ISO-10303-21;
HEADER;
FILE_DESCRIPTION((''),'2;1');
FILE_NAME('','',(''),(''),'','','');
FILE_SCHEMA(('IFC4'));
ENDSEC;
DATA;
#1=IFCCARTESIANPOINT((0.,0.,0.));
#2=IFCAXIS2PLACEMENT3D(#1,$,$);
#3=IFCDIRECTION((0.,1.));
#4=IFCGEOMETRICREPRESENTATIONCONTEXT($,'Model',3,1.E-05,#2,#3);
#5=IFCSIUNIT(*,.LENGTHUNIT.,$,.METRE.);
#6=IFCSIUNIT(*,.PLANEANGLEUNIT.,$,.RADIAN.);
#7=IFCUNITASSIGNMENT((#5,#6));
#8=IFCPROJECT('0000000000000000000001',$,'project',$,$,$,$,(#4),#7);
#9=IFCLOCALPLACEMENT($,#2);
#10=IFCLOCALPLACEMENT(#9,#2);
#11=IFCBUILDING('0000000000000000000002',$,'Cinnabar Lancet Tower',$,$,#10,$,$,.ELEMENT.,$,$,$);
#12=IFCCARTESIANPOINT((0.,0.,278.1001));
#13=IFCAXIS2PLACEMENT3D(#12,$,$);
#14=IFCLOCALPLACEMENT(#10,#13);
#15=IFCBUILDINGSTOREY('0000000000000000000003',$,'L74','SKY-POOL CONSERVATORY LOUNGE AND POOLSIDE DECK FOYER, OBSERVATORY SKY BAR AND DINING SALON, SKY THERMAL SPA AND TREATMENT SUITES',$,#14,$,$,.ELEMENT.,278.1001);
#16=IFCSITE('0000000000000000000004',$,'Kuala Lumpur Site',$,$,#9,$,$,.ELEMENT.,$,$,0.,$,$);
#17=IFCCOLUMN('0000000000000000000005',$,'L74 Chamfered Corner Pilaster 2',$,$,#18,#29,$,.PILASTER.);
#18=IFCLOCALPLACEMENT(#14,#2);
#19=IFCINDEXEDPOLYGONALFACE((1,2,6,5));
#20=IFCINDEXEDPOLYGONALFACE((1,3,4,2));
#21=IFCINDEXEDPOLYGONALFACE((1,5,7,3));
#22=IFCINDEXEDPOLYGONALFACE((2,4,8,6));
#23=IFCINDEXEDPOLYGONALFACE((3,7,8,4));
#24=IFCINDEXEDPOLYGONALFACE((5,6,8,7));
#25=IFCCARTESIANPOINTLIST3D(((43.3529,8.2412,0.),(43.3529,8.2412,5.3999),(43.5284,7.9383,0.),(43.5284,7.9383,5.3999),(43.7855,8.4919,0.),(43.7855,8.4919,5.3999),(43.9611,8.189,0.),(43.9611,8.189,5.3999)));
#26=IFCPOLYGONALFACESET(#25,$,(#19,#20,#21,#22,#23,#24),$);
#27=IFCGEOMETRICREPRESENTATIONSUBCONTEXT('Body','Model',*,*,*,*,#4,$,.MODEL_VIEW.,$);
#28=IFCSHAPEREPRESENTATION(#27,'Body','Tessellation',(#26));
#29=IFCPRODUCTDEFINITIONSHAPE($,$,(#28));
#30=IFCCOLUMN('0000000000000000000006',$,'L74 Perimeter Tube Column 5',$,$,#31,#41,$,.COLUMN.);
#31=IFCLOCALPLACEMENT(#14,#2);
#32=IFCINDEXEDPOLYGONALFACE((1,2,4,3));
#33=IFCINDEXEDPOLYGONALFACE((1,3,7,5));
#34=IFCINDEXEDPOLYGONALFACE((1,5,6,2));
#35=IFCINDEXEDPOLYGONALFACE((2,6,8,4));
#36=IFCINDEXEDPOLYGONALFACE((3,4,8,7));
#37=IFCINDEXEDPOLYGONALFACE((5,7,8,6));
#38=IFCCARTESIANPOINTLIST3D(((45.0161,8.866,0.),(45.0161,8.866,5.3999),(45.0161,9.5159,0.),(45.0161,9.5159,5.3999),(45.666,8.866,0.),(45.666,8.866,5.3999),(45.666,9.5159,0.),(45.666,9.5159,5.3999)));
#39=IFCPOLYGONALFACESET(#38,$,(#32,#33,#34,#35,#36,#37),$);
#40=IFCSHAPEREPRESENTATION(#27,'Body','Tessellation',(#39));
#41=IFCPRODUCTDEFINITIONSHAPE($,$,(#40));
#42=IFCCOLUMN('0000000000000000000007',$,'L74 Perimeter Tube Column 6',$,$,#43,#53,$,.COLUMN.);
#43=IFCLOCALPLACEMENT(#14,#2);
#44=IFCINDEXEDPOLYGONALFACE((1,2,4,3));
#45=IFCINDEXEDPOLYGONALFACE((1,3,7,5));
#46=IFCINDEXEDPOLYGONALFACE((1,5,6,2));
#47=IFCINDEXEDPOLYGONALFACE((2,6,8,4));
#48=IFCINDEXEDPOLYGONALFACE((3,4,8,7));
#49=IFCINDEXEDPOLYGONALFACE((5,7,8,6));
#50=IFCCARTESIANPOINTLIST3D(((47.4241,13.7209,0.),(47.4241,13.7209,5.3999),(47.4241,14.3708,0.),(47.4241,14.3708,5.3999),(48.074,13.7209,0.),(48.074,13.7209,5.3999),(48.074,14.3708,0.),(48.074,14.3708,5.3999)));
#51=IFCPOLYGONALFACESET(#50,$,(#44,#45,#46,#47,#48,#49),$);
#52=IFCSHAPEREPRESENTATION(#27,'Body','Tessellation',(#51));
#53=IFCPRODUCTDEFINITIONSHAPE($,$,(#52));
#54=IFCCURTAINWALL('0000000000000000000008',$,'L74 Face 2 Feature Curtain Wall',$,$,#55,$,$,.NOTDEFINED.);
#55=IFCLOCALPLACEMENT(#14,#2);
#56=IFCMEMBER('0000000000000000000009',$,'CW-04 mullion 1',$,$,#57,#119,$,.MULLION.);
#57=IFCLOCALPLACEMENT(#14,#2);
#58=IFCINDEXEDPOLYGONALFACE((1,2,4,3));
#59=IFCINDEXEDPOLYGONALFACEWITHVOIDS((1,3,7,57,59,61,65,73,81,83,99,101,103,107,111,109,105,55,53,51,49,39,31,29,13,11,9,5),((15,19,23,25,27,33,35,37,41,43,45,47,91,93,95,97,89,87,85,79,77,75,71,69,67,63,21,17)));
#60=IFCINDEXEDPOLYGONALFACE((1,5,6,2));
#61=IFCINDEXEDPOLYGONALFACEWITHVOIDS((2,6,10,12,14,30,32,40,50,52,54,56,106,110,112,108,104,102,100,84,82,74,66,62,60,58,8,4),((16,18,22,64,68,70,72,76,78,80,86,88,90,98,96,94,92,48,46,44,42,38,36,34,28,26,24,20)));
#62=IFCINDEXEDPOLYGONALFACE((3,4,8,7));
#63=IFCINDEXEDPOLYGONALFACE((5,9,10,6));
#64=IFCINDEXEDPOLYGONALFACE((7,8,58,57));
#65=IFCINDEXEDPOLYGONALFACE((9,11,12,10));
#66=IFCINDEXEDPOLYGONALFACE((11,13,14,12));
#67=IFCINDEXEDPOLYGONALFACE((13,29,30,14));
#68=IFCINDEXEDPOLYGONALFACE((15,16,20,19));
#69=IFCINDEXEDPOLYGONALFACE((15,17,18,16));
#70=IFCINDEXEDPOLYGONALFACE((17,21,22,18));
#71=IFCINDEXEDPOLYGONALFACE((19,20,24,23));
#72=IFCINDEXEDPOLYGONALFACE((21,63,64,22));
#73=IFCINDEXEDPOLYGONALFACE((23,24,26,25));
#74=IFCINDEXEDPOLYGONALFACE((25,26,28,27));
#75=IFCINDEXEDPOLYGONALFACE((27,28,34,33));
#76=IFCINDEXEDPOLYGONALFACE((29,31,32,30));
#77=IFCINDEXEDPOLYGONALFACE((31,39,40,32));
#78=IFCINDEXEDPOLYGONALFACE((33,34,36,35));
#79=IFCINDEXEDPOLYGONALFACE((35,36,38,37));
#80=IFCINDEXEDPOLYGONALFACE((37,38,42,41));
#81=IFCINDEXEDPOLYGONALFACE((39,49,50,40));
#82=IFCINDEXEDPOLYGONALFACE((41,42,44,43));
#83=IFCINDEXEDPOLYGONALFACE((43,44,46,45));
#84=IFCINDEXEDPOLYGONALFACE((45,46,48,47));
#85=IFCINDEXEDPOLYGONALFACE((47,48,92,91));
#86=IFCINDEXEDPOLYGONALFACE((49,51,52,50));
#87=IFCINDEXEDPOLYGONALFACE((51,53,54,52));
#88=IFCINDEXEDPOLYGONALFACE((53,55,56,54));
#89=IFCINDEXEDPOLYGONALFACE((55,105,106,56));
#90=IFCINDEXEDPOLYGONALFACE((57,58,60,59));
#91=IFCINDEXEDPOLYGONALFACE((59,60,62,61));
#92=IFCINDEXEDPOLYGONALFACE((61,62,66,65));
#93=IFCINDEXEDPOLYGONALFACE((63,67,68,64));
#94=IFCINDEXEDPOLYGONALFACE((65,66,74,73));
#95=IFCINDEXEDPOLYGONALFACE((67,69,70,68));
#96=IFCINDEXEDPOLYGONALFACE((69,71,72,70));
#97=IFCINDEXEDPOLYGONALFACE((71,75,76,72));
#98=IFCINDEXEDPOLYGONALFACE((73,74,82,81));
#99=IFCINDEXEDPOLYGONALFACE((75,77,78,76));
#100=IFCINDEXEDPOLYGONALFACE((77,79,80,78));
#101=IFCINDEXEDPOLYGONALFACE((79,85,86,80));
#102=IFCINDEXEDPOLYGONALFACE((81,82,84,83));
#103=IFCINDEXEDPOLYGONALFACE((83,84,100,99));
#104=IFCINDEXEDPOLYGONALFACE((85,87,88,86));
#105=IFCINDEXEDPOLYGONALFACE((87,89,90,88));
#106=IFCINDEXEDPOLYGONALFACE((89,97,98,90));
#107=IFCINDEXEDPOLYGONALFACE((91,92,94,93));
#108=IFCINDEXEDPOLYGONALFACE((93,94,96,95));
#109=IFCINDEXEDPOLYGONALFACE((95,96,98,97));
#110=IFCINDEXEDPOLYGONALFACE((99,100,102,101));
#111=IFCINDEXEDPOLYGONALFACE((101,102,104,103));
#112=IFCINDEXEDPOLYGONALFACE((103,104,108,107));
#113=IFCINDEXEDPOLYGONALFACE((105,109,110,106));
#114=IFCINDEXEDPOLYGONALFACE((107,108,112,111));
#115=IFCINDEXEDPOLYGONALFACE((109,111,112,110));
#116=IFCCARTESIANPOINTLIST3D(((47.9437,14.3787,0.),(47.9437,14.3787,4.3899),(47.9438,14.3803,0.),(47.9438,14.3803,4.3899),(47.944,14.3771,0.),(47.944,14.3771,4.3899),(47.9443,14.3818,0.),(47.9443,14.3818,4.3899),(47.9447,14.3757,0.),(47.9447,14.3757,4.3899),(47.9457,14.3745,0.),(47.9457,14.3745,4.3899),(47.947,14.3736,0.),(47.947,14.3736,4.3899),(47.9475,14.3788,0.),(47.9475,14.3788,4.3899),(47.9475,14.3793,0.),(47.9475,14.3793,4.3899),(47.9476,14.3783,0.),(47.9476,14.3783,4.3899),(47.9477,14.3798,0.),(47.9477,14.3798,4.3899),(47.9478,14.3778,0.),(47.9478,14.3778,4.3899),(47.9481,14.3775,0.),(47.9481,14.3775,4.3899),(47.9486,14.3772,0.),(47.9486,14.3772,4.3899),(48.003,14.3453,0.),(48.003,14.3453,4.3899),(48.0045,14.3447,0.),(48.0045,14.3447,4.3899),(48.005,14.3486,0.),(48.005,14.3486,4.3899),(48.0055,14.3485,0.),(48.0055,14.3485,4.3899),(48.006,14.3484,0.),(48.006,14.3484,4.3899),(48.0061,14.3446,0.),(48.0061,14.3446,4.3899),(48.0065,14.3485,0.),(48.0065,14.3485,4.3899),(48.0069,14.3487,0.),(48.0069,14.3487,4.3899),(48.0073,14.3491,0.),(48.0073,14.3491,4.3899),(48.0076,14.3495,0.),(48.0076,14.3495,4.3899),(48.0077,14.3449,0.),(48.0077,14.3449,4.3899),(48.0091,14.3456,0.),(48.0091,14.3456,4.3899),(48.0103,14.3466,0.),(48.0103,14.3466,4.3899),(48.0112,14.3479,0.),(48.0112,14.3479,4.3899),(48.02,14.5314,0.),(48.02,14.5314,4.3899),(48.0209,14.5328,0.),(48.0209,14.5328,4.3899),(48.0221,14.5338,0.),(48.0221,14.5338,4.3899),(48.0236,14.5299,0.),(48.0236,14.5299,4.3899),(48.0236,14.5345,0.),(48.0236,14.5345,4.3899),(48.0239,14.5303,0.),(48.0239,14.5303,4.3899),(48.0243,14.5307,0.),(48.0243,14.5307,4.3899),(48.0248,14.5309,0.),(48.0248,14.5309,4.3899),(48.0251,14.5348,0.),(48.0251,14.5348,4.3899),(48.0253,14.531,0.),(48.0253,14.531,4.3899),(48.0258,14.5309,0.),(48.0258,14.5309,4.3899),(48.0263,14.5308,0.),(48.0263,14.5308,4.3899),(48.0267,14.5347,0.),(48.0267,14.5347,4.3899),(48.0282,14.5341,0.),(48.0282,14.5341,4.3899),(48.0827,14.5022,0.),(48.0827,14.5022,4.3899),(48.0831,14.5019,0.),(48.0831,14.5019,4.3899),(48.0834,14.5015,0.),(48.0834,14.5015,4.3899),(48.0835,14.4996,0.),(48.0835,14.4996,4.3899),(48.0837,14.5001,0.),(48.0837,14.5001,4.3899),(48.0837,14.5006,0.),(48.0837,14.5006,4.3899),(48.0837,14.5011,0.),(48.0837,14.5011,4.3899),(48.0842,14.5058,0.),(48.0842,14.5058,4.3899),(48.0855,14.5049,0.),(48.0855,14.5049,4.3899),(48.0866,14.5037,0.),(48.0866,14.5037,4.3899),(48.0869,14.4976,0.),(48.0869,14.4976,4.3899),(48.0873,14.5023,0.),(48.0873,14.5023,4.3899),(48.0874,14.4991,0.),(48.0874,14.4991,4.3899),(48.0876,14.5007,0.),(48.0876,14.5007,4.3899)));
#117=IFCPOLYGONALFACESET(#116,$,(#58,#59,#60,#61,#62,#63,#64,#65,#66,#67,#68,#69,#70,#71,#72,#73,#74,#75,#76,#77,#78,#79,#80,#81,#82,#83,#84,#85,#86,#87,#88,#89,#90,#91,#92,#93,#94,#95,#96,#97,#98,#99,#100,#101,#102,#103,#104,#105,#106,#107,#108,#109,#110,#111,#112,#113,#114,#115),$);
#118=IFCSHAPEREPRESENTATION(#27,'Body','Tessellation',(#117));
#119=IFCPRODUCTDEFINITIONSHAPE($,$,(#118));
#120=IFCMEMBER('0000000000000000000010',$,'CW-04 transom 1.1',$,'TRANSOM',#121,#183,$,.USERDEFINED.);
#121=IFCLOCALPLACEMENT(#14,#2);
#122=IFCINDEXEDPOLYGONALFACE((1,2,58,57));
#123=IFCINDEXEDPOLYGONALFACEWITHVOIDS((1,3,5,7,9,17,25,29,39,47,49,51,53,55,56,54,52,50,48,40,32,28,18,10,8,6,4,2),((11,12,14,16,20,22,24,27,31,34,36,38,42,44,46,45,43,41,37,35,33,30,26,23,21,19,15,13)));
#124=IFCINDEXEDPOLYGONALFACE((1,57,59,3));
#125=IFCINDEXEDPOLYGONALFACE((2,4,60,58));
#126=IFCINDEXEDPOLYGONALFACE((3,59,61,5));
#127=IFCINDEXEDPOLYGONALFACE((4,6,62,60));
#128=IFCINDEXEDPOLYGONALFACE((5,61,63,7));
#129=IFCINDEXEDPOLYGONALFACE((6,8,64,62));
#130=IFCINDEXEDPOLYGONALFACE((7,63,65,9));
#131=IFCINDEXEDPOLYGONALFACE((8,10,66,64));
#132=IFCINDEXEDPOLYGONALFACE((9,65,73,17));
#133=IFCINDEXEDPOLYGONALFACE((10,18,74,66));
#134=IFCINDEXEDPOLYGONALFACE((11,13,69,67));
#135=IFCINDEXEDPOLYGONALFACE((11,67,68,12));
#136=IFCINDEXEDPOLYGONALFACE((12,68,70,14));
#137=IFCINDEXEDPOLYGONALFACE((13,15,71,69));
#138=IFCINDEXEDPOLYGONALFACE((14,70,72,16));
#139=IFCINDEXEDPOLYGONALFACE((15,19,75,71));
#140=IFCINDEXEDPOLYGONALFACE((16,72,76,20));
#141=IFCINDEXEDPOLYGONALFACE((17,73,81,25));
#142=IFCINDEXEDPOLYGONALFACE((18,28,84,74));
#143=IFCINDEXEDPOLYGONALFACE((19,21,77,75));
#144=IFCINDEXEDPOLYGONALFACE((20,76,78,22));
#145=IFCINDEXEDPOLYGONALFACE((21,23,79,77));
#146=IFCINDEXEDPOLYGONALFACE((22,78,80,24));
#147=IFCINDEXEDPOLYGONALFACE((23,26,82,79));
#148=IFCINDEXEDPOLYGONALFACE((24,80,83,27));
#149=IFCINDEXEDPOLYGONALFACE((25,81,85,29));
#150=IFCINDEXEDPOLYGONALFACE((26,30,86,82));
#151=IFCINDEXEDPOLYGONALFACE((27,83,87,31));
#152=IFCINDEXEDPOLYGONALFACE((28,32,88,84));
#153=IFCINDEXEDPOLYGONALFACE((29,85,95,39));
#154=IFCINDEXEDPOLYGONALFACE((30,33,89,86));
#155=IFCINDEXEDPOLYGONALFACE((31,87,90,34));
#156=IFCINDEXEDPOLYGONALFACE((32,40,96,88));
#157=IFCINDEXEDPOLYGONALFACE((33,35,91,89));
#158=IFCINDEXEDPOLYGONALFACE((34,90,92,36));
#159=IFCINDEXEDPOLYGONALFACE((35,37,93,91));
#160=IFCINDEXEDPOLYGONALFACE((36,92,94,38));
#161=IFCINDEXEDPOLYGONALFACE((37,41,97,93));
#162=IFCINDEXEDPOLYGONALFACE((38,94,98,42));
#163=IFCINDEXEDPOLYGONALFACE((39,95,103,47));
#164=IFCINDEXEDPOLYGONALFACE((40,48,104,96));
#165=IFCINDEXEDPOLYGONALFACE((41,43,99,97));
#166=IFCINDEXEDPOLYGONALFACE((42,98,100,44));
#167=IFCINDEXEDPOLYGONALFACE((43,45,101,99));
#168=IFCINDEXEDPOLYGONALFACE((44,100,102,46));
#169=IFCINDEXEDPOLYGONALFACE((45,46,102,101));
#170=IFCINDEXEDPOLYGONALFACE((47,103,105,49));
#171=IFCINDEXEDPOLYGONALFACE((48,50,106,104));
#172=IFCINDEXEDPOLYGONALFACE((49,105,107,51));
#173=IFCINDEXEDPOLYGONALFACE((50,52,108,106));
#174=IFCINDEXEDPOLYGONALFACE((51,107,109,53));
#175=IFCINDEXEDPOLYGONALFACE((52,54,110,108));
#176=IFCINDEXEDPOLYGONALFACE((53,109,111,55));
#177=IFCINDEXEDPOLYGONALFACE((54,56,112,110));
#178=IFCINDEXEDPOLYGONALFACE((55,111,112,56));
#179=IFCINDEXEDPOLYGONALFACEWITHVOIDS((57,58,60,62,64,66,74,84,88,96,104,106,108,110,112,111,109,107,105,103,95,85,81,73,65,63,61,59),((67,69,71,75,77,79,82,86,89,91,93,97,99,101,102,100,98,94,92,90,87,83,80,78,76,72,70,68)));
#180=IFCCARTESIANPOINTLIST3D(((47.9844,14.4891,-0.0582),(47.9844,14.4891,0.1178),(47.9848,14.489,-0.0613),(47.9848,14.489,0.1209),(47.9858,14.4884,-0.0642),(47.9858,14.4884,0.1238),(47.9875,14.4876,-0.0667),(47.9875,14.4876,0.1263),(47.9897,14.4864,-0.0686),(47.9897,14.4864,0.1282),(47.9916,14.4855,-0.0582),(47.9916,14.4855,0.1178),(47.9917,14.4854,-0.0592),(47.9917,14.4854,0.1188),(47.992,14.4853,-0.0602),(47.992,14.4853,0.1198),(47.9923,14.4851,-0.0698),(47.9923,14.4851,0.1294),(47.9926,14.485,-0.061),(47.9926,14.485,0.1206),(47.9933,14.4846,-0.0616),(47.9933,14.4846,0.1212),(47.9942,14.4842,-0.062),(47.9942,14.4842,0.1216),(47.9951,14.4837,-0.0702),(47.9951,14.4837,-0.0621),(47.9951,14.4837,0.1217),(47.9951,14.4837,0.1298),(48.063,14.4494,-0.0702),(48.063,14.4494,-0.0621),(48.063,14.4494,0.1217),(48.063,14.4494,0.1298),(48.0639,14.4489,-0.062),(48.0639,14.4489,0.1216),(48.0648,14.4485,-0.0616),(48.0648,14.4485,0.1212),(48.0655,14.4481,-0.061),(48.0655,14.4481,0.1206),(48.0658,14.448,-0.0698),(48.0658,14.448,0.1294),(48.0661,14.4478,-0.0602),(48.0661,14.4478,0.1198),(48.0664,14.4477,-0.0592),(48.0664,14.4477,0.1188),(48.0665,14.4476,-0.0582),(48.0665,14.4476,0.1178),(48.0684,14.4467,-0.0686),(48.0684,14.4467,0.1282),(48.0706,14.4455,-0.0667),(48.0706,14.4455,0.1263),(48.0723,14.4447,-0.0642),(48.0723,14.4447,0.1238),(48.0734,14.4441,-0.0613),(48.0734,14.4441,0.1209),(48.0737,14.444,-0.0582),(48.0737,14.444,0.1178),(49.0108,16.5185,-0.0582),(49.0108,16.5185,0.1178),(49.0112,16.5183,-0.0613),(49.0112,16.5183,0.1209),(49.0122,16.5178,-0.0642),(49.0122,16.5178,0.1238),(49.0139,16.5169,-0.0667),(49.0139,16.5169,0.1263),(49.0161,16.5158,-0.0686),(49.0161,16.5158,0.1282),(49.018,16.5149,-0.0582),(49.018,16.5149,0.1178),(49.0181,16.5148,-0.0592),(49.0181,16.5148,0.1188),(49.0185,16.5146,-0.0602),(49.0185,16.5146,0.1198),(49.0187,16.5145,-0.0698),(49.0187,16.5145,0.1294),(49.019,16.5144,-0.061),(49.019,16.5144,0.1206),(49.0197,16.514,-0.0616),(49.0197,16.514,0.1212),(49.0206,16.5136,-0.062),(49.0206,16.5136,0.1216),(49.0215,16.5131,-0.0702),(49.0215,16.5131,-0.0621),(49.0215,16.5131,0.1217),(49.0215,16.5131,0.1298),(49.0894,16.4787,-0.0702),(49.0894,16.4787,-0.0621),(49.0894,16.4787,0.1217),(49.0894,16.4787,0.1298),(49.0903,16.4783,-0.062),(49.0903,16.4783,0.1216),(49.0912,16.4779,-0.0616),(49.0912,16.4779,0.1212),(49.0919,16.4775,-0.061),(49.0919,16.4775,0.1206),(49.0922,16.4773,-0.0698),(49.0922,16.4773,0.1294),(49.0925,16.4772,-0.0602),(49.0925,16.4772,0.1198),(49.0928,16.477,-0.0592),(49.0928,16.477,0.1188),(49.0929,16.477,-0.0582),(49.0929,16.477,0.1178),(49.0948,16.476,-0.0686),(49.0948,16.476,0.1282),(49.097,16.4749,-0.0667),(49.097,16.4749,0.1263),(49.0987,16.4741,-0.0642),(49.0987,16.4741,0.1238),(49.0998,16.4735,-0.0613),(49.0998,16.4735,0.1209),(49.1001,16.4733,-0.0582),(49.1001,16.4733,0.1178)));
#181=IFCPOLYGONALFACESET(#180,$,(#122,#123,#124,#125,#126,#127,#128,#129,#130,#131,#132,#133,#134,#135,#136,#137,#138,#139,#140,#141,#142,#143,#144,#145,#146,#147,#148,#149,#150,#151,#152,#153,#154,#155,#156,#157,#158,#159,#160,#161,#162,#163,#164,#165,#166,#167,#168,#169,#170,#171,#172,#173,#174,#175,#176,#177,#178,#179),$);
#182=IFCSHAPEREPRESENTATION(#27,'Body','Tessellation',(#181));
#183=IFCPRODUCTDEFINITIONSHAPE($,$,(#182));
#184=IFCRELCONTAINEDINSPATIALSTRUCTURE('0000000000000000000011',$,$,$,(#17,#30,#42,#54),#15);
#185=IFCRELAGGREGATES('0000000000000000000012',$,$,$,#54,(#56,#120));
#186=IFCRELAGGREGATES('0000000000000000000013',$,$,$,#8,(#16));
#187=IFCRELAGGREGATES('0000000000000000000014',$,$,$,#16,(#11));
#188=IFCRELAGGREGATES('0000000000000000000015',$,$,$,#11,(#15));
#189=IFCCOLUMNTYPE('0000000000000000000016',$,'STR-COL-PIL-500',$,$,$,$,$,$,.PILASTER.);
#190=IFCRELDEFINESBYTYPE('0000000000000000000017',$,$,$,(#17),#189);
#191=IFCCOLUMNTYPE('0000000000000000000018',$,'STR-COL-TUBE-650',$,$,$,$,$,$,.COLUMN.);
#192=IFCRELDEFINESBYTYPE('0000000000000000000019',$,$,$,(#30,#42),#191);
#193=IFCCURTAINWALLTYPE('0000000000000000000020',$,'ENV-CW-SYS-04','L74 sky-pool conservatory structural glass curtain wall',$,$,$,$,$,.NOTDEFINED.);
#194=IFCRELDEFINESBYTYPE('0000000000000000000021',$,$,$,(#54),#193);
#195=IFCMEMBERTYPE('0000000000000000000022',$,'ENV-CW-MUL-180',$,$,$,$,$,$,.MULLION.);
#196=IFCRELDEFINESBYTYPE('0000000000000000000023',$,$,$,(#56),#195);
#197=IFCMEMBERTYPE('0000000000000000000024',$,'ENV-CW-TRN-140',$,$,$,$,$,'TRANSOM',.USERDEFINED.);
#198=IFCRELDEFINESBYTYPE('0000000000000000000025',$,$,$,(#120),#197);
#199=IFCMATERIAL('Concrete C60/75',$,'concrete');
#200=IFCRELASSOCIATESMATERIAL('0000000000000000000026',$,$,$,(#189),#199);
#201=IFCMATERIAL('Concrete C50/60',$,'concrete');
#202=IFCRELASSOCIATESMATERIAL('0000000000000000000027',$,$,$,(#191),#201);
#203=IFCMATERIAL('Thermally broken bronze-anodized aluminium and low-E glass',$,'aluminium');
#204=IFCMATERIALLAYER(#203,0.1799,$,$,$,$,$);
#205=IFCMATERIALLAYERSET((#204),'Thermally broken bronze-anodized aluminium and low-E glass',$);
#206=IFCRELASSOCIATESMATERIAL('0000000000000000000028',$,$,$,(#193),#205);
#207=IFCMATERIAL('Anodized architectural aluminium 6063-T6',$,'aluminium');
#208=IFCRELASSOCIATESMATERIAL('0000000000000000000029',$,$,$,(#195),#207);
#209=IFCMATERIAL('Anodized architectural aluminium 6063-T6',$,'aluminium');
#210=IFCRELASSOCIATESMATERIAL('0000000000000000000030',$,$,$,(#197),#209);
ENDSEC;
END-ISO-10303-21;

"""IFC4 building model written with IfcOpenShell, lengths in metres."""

from ifc_helpers import new_model, si_unit, direction, frame, origin, origin_2d, place, context, subcontext, project, spatial, rectangle, hollow_rectangle, extrude, material, layer, layer_set, material_profile, profile_set, type_object, element, aggregate, save


model = new_model("IFC4")

# Units and contexts
model_context = context("Model", 3, precision=1e-05, world=origin(), true_north=direction((0.0, 1.0)))
body_context = subcontext(model_context, "Body", "Model", "MODEL_VIEW")
ifc_project = project(units=[si_unit("LENGTHUNIT", "METRE"), si_unit("PLANEANGLEUNIT", "RADIAN")], contexts=[model_context])

# Site, building, storey
site_placement = place(None, origin())
site = spatial("IfcSite", under=ifc_project, at=site_placement, Name="Kuala Lumpur Site", CompositionType="ELEMENT", RefElevation=0.0)
building_placement = place(site_placement, origin())
building = spatial("IfcBuilding", under=site, at=building_placement, Name="Cinnabar Lancet Tower", CompositionType="ELEMENT")
storey_placement = place(building_placement, frame((0.0, 0.0, 278.1001)))
storey = spatial("IfcBuildingStorey", under=building, at=storey_placement, Name="L74", Description="SKY-POOL CONSERVATORY LOUNGE AND POOLSIDE DECK FOYER, OBSERVATORY SKY BAR AND DINING SALON, SKY THERMAL SPA AND TREATMENT SUITES", CompositionType="ELEMENT", Elevation=278.1001)

# Columns
ifc_material_1 = material(Name="Concrete C60/75", Category="concrete")
ifc_material_profile_1 = material_profile(ifc_material_1, rectangle(XDim=0.5, YDim=0.3501, at=origin_2d()), Name="RC-PIL 500x350")
ifc_profile_set_1 = profile_set([ifc_material_profile_1], Name="Concrete C60/75")
column_type_1 = type_object("IfcColumnType", Name="STR-COL-PIL-500", PredefinedType="PILASTER", material=ifc_profile_set_1)
column_placement = place(storey_placement, frame((43.657, 8.2151, 0.0), z_axis=(0.0, 0.0, 1.0), x_axis=(0.865256, 0.50133, 0.0)))
element("IfcColumn", 1, at=column_placement, inside=storey, type_object=column_type_1, Name="L74 Chamfered Corner Pilaster 2", PredefinedType="PILASTER", context=body_context, shape_type="SweptSolid", body=[
    extrude(rectangle(XDim=0.5, YDim=0.3501, at=origin_2d()), origin(), (0.0, 0.0, 1.0), 5.3999),
])
ifc_material_2 = material(Name="Concrete C50/60", Category="concrete")
ifc_material_profile_2 = material_profile(ifc_material_2, rectangle(XDim=0.6499, YDim=0.6499, at=origin_2d()), Name="RC-COL 650x650")
ifc_profile_set_2 = profile_set([ifc_material_profile_2], Name="Concrete C50/60")
column_type_2 = type_object("IfcColumnType", Name="STR-COL-TUBE-650", PredefinedType="COLUMN", material=ifc_profile_set_2)
for number, where, z_axis, x_axis, name in (
    (2, (45.3411, 9.1909, 0.0), (0.0, 0.0, 1.0), (1.0, 0.0, 0.0), "L74 Perimeter Tube Column 5"),
    (3, (47.749, 14.0459, 0.0), (0.0, 0.0, 1.0), (1.0, 0.0, 0.0), "L74 Perimeter Tube Column 6"),
):
    element("IfcColumn", number, at=place(storey_placement, frame(where, z_axis=z_axis, x_axis=x_axis)), inside=storey, type_object=column_type_2, Name=name, PredefinedType="COLUMN", context=body_context, shape_type="SweptSolid", body=[
        extrude(rectangle(XDim=0.6499, YDim=0.6499, at=origin_2d()), origin(), (0.0, 0.0, 1.0), 5.3999),
    ])

# Curtain wall, members
ifc_material_3 = material(Name="Thermally broken bronze-anodized aluminium and low-E glass", Category="aluminium")
ifc_layer_1 = layer(ifc_material_3, 0.1799)
ifc_layer_set_1 = layer_set([ifc_layer_1], Name="Thermally broken bronze-anodized aluminium and low-E glass")
curtain_wall_type = type_object("IfcCurtainWallType", Name="ENV-CW-SYS-04", Description="L74 sky-pool conservatory structural glass curtain wall", PredefinedType="NOTDEFINED", material=ifc_layer_set_1)
curtain_wall_placement = place(storey_placement, origin())
curtain_wall = element("IfcCurtainWall", 4, at=curtain_wall_placement, inside=storey, type_object=curtain_wall_type, Name="L74 Face 2 Feature Curtain Wall", PredefinedType="NOTDEFINED")
ifc_material_4 = material(Name="Anodized architectural aluminium 6063-T6", Category="aluminium")
ifc_material_profile_3 = material_profile(ifc_material_4, hollow_rectangle(XDim=0.075, YDim=0.1799, WallThickness=0.0039, InnerFilletRadius=0.002, OuterFilletRadius=0.0061, at=origin_2d()), Name="CW-MUL 180x75x4")
ifc_profile_set_3 = profile_set([ifc_material_profile_3], Name="Anodized architectural aluminium 6063-T6")
member_type_1 = type_object("IfcMemberType", Name="ENV-CW-MUL-180", PredefinedType="MULLION", material=ifc_profile_set_3)
member_1_placement = place(storey_placement, frame((48.0156, 14.4397, 0.0), z_axis=(0.0, 0.0, 1.0), x_axis=(-0.892345, 0.451354, 0.0)))
member_1 = element("IfcMember", 5, at=member_1_placement, type_object=member_type_1, Name="CW-04 mullion 1", PredefinedType="MULLION", context=body_context, shape_type="SweptSolid", body=[
    extrude(hollow_rectangle(XDim=0.075, YDim=0.1799, WallThickness=0.0039, InnerFilletRadius=0.002, OuterFilletRadius=0.0061, at=origin_2d()), origin(), (0.0, 0.0, 1.0), 4.3899),
])
ifc_material_5 = material(Name="Anodized architectural aluminium 6063-T6", Category="aluminium")
ifc_material_profile_4 = material_profile(ifc_material_5, hollow_rectangle(XDim=0.1001, YDim=0.2, WallThickness=0.0081, InnerFilletRadius=0.0039, OuterFilletRadius=0.012, at=origin_2d()), Name="RHS 200x100x8")
ifc_profile_set_4 = profile_set([ifc_material_profile_4], Name="Anodized architectural aluminium 6063-T6")
member_type_2 = type_object("IfcMemberType", Name="ENV-CW-TRN-140", ElementType="TRANSOM", PredefinedType="USERDEFINED", material=ifc_profile_set_4)
member_2_placement = place(storey_placement, frame((48.0291, 14.4666, 0.0298), z_axis=(0.451331, 0.892356, 0.0), x_axis=(-0.892356, 0.451331, 0.0)))
member_2 = element("IfcMember", 6, at=member_2_placement, type_object=member_type_2, Name="CW-04 transom 1.1", ObjectType="TRANSOM", PredefinedType="USERDEFINED", context=body_context, shape_type="SweptSolid", body=[
    extrude(hollow_rectangle(XDim=0.1001, YDim=0.2, WallThickness=0.0081, InnerFilletRadius=0.0039, OuterFilletRadius=0.012, at=origin_2d()), origin(), (0.0, 0.0, 1.0), 2.2742),
])

aggregate(curtain_wall, [member_1, member_2])

save(model, "model.ifc")
